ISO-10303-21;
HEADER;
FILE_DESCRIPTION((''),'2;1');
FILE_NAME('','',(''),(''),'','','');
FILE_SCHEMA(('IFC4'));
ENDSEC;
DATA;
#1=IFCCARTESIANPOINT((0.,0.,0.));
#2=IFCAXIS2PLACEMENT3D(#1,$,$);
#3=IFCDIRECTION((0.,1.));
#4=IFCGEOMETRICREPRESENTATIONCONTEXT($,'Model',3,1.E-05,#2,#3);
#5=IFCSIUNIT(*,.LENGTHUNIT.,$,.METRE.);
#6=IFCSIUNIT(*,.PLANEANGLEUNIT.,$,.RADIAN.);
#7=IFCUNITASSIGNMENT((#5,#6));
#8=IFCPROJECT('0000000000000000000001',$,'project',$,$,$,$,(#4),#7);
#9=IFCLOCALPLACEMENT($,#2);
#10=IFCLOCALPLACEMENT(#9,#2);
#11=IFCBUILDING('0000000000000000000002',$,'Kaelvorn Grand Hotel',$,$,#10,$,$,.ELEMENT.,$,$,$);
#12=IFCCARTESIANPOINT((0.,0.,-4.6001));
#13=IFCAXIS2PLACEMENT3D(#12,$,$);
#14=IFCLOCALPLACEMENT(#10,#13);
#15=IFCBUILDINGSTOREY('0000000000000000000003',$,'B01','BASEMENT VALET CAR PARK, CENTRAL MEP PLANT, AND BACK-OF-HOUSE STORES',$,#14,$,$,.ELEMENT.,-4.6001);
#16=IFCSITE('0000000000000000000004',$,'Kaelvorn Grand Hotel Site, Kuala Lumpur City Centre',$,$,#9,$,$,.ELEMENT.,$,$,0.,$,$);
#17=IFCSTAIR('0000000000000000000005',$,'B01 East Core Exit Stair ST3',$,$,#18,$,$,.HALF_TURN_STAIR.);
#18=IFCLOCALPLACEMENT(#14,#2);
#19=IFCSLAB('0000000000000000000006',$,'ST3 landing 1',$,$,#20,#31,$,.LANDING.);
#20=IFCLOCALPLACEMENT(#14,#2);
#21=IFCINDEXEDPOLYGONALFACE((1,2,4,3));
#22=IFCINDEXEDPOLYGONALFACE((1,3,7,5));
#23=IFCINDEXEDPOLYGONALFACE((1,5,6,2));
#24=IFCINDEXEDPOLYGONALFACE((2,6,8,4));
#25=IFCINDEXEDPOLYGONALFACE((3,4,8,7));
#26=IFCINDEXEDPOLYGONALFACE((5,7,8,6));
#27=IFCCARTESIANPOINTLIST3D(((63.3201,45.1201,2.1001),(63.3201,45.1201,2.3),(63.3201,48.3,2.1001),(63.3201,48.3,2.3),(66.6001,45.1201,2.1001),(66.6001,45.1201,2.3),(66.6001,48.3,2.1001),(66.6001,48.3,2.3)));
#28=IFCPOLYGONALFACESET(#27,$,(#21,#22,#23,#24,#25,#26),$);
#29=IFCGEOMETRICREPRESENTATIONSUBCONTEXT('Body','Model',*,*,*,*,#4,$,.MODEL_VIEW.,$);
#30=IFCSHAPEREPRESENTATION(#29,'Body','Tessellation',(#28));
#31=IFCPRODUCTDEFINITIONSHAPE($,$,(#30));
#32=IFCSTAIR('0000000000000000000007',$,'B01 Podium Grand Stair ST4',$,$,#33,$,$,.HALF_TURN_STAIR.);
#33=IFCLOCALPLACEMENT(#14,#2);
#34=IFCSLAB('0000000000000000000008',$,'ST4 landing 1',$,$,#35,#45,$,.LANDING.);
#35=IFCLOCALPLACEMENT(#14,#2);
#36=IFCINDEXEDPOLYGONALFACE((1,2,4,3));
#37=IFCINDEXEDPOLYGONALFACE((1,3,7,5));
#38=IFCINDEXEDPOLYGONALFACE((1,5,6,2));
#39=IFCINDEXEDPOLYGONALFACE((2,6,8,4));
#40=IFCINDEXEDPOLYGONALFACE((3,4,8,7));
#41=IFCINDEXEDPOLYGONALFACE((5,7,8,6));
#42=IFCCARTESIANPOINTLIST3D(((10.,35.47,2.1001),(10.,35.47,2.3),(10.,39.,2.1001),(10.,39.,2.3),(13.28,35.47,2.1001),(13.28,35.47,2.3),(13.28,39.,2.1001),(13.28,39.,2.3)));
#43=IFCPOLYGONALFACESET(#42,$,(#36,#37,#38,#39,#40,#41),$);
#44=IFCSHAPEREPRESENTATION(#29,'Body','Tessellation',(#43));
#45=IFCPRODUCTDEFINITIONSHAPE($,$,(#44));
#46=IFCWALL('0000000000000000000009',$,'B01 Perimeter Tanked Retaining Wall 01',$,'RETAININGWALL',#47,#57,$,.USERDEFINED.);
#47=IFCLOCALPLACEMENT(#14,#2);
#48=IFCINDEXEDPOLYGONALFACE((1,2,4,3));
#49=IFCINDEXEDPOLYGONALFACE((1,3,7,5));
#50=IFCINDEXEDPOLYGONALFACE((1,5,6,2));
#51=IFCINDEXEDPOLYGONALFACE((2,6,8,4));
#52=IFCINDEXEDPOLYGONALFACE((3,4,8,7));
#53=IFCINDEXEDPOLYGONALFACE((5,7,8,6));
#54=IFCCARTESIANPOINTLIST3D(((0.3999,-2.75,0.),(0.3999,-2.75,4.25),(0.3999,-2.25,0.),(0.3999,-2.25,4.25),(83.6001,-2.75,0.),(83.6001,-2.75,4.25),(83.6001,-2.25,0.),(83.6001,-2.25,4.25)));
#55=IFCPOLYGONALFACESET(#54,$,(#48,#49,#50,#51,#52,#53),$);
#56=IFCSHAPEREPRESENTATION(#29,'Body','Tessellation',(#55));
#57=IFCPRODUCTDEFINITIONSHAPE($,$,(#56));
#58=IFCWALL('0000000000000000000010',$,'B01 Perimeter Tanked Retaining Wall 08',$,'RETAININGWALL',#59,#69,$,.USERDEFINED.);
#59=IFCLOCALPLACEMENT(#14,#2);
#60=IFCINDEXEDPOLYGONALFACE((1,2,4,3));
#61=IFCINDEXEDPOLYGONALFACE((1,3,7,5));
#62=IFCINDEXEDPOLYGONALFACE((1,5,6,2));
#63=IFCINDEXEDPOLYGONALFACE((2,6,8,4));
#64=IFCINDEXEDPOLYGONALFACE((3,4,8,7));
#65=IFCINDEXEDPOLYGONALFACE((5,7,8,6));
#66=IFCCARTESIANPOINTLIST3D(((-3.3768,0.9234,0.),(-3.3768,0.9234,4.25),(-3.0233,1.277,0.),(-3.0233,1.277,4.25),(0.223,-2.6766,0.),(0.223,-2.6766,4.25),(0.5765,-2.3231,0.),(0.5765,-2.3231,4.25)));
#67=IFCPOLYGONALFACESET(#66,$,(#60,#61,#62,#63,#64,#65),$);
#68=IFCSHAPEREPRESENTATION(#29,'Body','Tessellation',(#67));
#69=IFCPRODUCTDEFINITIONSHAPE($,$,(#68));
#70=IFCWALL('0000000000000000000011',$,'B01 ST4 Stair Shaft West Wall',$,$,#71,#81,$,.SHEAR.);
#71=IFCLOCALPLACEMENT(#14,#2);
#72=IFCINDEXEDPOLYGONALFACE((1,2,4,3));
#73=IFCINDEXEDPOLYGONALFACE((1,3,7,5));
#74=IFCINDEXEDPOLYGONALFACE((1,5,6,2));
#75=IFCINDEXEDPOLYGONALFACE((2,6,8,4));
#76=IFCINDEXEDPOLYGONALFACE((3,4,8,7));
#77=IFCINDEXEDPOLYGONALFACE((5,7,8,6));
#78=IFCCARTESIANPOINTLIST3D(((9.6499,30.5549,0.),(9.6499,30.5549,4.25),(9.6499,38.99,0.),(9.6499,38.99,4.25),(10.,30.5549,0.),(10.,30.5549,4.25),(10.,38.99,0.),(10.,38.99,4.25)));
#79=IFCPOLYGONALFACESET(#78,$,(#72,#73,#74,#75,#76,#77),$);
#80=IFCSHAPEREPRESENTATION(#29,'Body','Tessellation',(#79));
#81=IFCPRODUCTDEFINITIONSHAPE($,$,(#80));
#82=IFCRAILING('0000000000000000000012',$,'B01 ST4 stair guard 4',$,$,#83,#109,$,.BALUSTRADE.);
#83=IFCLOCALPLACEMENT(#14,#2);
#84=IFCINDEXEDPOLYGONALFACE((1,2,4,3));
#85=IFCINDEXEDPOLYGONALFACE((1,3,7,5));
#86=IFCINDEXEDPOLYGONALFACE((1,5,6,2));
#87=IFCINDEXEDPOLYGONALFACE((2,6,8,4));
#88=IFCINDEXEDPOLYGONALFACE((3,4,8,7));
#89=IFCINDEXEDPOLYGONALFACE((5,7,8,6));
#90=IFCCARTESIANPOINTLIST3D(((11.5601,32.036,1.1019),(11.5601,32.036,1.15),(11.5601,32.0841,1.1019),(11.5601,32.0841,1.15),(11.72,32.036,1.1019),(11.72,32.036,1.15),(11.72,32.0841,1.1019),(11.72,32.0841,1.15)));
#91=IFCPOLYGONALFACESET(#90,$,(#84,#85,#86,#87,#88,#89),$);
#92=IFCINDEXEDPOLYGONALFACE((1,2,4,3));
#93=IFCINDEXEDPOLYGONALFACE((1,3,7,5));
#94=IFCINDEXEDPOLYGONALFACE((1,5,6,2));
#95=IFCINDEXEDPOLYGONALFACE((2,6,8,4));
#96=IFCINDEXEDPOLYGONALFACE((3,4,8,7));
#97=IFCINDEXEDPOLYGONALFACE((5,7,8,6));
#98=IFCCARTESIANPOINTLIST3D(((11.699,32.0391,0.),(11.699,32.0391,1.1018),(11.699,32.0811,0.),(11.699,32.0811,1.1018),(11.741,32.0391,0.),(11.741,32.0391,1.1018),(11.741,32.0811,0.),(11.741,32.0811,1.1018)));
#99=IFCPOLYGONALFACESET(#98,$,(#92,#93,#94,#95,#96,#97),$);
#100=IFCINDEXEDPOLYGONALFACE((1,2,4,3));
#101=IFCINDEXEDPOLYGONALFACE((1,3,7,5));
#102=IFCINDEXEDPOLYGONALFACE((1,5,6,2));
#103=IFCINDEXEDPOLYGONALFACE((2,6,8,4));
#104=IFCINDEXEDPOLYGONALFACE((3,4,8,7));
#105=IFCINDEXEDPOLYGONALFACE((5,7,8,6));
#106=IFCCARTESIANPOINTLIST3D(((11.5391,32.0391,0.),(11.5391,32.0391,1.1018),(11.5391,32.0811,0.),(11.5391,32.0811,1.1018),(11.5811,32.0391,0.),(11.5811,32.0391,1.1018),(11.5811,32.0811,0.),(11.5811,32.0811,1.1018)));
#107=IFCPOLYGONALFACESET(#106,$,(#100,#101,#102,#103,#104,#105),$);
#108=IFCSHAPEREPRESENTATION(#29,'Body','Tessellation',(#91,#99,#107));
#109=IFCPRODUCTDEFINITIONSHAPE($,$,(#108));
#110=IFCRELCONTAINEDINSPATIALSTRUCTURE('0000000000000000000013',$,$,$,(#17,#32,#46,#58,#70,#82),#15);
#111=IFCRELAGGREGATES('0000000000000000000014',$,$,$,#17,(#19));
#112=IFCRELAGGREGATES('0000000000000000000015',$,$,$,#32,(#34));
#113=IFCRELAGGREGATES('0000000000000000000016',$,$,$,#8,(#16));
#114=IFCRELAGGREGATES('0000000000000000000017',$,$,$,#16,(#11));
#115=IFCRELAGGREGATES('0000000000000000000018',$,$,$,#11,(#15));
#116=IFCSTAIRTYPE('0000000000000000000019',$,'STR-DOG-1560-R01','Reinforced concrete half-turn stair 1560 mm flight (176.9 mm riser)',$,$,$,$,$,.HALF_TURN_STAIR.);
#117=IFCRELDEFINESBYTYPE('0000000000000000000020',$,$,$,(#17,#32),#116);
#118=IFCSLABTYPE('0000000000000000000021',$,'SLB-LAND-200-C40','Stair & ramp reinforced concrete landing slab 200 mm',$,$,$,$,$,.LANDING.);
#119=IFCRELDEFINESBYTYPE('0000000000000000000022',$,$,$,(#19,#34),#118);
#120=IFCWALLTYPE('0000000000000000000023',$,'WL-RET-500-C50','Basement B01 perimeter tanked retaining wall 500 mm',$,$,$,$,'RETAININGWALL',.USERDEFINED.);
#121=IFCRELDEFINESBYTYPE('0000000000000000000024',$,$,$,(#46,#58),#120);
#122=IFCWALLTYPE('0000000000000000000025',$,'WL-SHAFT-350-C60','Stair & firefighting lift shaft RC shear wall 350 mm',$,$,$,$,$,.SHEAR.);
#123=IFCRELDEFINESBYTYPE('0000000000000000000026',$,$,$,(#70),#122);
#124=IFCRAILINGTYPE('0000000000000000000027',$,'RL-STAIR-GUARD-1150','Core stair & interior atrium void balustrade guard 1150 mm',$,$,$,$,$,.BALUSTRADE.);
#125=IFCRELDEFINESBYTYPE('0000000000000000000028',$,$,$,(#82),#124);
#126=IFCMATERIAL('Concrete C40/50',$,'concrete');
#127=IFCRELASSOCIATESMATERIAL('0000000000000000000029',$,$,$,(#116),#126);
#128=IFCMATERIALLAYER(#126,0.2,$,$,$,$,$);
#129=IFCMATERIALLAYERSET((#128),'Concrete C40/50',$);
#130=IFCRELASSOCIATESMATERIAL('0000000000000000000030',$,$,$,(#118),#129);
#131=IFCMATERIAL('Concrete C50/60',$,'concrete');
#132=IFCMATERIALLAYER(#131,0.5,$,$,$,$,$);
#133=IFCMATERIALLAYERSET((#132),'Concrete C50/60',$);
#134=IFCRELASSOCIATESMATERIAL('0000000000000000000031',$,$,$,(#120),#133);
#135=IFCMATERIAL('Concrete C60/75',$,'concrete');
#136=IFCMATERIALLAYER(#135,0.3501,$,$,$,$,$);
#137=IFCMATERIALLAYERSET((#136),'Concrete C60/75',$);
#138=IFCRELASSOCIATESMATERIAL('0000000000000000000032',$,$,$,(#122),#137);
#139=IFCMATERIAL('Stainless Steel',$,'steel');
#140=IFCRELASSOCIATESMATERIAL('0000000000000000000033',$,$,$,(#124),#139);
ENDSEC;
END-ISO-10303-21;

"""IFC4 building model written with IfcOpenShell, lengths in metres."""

from ifc_helpers import new_model, si_unit, direction, frame, frame_2d, origin, origin_2d, place, context, subcontext, project, spatial, polyline, rectangle, outline, extrude, material, layer, layer_set, type_object, element, aggregate, save


model = new_model("IFC4")

# Units and contexts
model_context = context("Model", 3, precision=1e-05, world=origin(), true_north=direction((0.0, 1.0)))
body_context = subcontext(model_context, "Body", "Model", "MODEL_VIEW")
ifc_project = project(units=[si_unit("LENGTHUNIT", "METRE"), si_unit("PLANEANGLEUNIT", "RADIAN")], contexts=[model_context])

# Site, building, storey
site_placement = place(None, origin())
site = spatial("IfcSite", under=ifc_project, at=site_placement, Name="Kaelvorn Grand Hotel Site, Kuala Lumpur City Centre", CompositionType="ELEMENT", RefElevation=0.0)
building_placement = place(site_placement, origin())
building = spatial("IfcBuilding", under=site, at=building_placement, Name="Kaelvorn Grand Hotel", CompositionType="ELEMENT")
storey_placement = place(building_placement, frame((0.0, 0.0, -4.6001)))
storey = spatial("IfcBuildingStorey", under=building, at=storey_placement, Name="B01", Description="BASEMENT VALET CAR PARK, CENTRAL MEP PLANT, AND BACK-OF-HOUSE STORES", CompositionType="ELEMENT", Elevation=-4.6001)

# Shared definitions
ifc_material_1 = material(Name="Concrete C60/75", Category="concrete")

# Shared definitions
ifc_material_2 = material(Name="Concrete C40/50", Category="concrete")

# Stairs, slabs
stair_type = type_object("IfcStairType", Name="STR-DOG-1560-R01", Description="Reinforced concrete half-turn stair 1560 mm flight (176.9 mm riser)", PredefinedType="HALF_TURN_STAIR", material=ifc_material_2)
ifc_layer_1 = layer(ifc_material_2, 0.2)
ifc_layer_set_1 = layer_set([ifc_layer_1], Name="Concrete C40/50")
slab_type_1 = type_object("IfcSlabType", Name="SLB-LAND-200-C40", Description="Stair & ramp reinforced concrete landing slab 200 mm", PredefinedType="LANDING", material=ifc_layer_set_1)
stair_1_placement = place(storey_placement, origin())
stair_1 = element("IfcStair", 1, at=stair_1_placement, inside=storey, type_object=stair_type, Name="B01 East Core Exit Stair ST3", PredefinedType="HALF_TURN_STAIR")
slab_1_placement = place(storey_placement, frame((0.0, 0.0, 2.1001)))
slab_1 = element("IfcSlab", 2, at=slab_1_placement, type_object=slab_type_1, Name="ST3 landing 1", PredefinedType="LANDING", context=body_context, shape_type="SweptSolid", body=[
    extrude(outline(polyline([(66.6001, 45.1201), (66.6001, 48.3), (63.3201, 48.3), (63.3201, 45.1201), (66.6001, 45.1201)])), origin(), (0.0, 0.0, 1.0), 0.2),
])
aggregate(stair_1, [slab_1])
stair_2_placement = place(storey_placement, origin())
stair_2 = element("IfcStair", 3, at=stair_2_placement, inside=storey, type_object=stair_type, Name="B01 Podium Grand Stair ST4", PredefinedType="HALF_TURN_STAIR")
slab_2_placement = place(storey_placement, frame((0.0, 0.0, 2.1001)))
slab_2 = element("IfcSlab", 4, at=slab_2_placement, type_object=slab_type_1, Name="ST4 landing 1", PredefinedType="LANDING", context=body_context, shape_type="SweptSolid", body=[
    extrude(outline(polyline([(13.28, 35.47), (13.28, 39.0), (10.0, 39.0), (10.0, 35.47), (13.28, 35.47)])), origin(), (0.0, 0.0, 1.0), 0.2),
])
aggregate(stair_2, [slab_2])

# Walls
ifc_material_3 = material(Name="Concrete C50/60", Category="concrete")
ifc_layer_2 = layer(ifc_material_3, 0.5)
ifc_layer_set_2 = layer_set([ifc_layer_2], Name="Concrete C50/60")
wall_type_1 = type_object("IfcWallType", Name="WL-RET-500-C50", Description="Basement B01 perimeter tanked retaining wall 500 mm", ElementType="RETAININGWALL", PredefinedType="USERDEFINED", material=ifc_layer_set_2)
wall_1_placement = place(storey_placement, frame((0.3999, -2.5, 0.0), z_axis=(0.0, 0.0, 1.0), x_axis=(1.0, 0.0, 0.0)))
element("IfcWall", 5, at=wall_1_placement, inside=storey, type_object=wall_type_1, Name="B01 Perimeter Tanked Retaining Wall 01", ObjectType="RETAININGWALL", PredefinedType="USERDEFINED", context=body_context, shape_type="SweptSolid", body=[
    extrude(rectangle(XDim=83.2002, YDim=0.5, at=frame_2d((41.6001, 0.0))), origin(), (0.0, 0.0, 1.0), 4.25),
])
wall_2_placement = place(storey_placement, frame((-3.2, 1.1001, 0.0), z_axis=(0.0, 0.0, 1.0), x_axis=(0.707083, -0.707131, 0.0)))
element("IfcWall", 6, at=wall_2_placement, inside=storey, type_object=wall_type_1, Name="B01 Perimeter Tanked Retaining Wall 08", ObjectType="RETAININGWALL", PredefinedType="USERDEFINED", context=body_context, shape_type="SweptSolid", body=[
    extrude(rectangle(XDim=5.0911, YDim=0.5, at=frame_2d((2.5454, 0.0))), origin(), (0.0, 0.0, 1.0), 4.25),
])

# Shared definitions
ifc_layer_3 = layer(ifc_material_1, 0.3501)
ifc_layer_set_3 = layer_set([ifc_layer_3], Name="Concrete C60/75")
wall_type_2 = type_object("IfcWallType", Name="WL-SHAFT-350-C60", Description="Stair & firefighting lift shaft RC shear wall 350 mm", PredefinedType="SHEAR", material=ifc_layer_set_3)

# Wall
wall_3_placement = place(storey_placement, frame((9.825, 30.5549, 0.0), z_axis=(0.0, 0.0, 1.0), x_axis=(0.0, 1.0, 0.0)))
element("IfcWall", 7, at=wall_3_placement, inside=storey, type_object=wall_type_2, Name="B01 ST4 Stair Shaft West Wall", PredefinedType="SHEAR", context=body_context, shape_type="SweptSolid", body=[
    extrude(rectangle(XDim=8.4351, YDim=0.3501, at=frame_2d((4.2175, 0.0))), origin(), (0.0, 0.0, 1.0), 4.25),
])

# Railing
ifc_material_4 = material(Name="Stainless Steel", Category="steel")
railing_type = type_object("IfcRailingType", Name="RL-STAIR-GUARD-1150", Description="Core stair & interior atrium void balustrade guard 1150 mm", PredefinedType="BALUSTRADE", material=ifc_material_4)
railing_placement = place(storey_placement, frame((11.72, 32.0601, 0.0)))
element("IfcRailing", 8, at=railing_placement, inside=storey, type_object=railing_type, Name="B01 ST4 stair guard 4", PredefinedType="BALUSTRADE", context=body_context, shape_type="SweptSolid", body=[
    extrude(rectangle(XDim=0.0481, YDim=0.0481, at=origin_2d()), frame((0.0, 0.0, 1.126), z_axis=(-1.0, 0.0, 0.0), x_axis=(0.0, -1.0, 0.0)), (0.0, 0.0, 1.0), 0.1599),
    extrude(rectangle(XDim=0.042, YDim=0.042, at=origin_2d()), origin(), (0.0, 0.0, 1.0), 1.1018),
    extrude(rectangle(XDim=0.042, YDim=0.042, at=origin_2d()), frame((-0.1599, 0.0, 0.0)), (0.0, 0.0, 1.0), 1.1018),
])

save(model, "model.ifc")
